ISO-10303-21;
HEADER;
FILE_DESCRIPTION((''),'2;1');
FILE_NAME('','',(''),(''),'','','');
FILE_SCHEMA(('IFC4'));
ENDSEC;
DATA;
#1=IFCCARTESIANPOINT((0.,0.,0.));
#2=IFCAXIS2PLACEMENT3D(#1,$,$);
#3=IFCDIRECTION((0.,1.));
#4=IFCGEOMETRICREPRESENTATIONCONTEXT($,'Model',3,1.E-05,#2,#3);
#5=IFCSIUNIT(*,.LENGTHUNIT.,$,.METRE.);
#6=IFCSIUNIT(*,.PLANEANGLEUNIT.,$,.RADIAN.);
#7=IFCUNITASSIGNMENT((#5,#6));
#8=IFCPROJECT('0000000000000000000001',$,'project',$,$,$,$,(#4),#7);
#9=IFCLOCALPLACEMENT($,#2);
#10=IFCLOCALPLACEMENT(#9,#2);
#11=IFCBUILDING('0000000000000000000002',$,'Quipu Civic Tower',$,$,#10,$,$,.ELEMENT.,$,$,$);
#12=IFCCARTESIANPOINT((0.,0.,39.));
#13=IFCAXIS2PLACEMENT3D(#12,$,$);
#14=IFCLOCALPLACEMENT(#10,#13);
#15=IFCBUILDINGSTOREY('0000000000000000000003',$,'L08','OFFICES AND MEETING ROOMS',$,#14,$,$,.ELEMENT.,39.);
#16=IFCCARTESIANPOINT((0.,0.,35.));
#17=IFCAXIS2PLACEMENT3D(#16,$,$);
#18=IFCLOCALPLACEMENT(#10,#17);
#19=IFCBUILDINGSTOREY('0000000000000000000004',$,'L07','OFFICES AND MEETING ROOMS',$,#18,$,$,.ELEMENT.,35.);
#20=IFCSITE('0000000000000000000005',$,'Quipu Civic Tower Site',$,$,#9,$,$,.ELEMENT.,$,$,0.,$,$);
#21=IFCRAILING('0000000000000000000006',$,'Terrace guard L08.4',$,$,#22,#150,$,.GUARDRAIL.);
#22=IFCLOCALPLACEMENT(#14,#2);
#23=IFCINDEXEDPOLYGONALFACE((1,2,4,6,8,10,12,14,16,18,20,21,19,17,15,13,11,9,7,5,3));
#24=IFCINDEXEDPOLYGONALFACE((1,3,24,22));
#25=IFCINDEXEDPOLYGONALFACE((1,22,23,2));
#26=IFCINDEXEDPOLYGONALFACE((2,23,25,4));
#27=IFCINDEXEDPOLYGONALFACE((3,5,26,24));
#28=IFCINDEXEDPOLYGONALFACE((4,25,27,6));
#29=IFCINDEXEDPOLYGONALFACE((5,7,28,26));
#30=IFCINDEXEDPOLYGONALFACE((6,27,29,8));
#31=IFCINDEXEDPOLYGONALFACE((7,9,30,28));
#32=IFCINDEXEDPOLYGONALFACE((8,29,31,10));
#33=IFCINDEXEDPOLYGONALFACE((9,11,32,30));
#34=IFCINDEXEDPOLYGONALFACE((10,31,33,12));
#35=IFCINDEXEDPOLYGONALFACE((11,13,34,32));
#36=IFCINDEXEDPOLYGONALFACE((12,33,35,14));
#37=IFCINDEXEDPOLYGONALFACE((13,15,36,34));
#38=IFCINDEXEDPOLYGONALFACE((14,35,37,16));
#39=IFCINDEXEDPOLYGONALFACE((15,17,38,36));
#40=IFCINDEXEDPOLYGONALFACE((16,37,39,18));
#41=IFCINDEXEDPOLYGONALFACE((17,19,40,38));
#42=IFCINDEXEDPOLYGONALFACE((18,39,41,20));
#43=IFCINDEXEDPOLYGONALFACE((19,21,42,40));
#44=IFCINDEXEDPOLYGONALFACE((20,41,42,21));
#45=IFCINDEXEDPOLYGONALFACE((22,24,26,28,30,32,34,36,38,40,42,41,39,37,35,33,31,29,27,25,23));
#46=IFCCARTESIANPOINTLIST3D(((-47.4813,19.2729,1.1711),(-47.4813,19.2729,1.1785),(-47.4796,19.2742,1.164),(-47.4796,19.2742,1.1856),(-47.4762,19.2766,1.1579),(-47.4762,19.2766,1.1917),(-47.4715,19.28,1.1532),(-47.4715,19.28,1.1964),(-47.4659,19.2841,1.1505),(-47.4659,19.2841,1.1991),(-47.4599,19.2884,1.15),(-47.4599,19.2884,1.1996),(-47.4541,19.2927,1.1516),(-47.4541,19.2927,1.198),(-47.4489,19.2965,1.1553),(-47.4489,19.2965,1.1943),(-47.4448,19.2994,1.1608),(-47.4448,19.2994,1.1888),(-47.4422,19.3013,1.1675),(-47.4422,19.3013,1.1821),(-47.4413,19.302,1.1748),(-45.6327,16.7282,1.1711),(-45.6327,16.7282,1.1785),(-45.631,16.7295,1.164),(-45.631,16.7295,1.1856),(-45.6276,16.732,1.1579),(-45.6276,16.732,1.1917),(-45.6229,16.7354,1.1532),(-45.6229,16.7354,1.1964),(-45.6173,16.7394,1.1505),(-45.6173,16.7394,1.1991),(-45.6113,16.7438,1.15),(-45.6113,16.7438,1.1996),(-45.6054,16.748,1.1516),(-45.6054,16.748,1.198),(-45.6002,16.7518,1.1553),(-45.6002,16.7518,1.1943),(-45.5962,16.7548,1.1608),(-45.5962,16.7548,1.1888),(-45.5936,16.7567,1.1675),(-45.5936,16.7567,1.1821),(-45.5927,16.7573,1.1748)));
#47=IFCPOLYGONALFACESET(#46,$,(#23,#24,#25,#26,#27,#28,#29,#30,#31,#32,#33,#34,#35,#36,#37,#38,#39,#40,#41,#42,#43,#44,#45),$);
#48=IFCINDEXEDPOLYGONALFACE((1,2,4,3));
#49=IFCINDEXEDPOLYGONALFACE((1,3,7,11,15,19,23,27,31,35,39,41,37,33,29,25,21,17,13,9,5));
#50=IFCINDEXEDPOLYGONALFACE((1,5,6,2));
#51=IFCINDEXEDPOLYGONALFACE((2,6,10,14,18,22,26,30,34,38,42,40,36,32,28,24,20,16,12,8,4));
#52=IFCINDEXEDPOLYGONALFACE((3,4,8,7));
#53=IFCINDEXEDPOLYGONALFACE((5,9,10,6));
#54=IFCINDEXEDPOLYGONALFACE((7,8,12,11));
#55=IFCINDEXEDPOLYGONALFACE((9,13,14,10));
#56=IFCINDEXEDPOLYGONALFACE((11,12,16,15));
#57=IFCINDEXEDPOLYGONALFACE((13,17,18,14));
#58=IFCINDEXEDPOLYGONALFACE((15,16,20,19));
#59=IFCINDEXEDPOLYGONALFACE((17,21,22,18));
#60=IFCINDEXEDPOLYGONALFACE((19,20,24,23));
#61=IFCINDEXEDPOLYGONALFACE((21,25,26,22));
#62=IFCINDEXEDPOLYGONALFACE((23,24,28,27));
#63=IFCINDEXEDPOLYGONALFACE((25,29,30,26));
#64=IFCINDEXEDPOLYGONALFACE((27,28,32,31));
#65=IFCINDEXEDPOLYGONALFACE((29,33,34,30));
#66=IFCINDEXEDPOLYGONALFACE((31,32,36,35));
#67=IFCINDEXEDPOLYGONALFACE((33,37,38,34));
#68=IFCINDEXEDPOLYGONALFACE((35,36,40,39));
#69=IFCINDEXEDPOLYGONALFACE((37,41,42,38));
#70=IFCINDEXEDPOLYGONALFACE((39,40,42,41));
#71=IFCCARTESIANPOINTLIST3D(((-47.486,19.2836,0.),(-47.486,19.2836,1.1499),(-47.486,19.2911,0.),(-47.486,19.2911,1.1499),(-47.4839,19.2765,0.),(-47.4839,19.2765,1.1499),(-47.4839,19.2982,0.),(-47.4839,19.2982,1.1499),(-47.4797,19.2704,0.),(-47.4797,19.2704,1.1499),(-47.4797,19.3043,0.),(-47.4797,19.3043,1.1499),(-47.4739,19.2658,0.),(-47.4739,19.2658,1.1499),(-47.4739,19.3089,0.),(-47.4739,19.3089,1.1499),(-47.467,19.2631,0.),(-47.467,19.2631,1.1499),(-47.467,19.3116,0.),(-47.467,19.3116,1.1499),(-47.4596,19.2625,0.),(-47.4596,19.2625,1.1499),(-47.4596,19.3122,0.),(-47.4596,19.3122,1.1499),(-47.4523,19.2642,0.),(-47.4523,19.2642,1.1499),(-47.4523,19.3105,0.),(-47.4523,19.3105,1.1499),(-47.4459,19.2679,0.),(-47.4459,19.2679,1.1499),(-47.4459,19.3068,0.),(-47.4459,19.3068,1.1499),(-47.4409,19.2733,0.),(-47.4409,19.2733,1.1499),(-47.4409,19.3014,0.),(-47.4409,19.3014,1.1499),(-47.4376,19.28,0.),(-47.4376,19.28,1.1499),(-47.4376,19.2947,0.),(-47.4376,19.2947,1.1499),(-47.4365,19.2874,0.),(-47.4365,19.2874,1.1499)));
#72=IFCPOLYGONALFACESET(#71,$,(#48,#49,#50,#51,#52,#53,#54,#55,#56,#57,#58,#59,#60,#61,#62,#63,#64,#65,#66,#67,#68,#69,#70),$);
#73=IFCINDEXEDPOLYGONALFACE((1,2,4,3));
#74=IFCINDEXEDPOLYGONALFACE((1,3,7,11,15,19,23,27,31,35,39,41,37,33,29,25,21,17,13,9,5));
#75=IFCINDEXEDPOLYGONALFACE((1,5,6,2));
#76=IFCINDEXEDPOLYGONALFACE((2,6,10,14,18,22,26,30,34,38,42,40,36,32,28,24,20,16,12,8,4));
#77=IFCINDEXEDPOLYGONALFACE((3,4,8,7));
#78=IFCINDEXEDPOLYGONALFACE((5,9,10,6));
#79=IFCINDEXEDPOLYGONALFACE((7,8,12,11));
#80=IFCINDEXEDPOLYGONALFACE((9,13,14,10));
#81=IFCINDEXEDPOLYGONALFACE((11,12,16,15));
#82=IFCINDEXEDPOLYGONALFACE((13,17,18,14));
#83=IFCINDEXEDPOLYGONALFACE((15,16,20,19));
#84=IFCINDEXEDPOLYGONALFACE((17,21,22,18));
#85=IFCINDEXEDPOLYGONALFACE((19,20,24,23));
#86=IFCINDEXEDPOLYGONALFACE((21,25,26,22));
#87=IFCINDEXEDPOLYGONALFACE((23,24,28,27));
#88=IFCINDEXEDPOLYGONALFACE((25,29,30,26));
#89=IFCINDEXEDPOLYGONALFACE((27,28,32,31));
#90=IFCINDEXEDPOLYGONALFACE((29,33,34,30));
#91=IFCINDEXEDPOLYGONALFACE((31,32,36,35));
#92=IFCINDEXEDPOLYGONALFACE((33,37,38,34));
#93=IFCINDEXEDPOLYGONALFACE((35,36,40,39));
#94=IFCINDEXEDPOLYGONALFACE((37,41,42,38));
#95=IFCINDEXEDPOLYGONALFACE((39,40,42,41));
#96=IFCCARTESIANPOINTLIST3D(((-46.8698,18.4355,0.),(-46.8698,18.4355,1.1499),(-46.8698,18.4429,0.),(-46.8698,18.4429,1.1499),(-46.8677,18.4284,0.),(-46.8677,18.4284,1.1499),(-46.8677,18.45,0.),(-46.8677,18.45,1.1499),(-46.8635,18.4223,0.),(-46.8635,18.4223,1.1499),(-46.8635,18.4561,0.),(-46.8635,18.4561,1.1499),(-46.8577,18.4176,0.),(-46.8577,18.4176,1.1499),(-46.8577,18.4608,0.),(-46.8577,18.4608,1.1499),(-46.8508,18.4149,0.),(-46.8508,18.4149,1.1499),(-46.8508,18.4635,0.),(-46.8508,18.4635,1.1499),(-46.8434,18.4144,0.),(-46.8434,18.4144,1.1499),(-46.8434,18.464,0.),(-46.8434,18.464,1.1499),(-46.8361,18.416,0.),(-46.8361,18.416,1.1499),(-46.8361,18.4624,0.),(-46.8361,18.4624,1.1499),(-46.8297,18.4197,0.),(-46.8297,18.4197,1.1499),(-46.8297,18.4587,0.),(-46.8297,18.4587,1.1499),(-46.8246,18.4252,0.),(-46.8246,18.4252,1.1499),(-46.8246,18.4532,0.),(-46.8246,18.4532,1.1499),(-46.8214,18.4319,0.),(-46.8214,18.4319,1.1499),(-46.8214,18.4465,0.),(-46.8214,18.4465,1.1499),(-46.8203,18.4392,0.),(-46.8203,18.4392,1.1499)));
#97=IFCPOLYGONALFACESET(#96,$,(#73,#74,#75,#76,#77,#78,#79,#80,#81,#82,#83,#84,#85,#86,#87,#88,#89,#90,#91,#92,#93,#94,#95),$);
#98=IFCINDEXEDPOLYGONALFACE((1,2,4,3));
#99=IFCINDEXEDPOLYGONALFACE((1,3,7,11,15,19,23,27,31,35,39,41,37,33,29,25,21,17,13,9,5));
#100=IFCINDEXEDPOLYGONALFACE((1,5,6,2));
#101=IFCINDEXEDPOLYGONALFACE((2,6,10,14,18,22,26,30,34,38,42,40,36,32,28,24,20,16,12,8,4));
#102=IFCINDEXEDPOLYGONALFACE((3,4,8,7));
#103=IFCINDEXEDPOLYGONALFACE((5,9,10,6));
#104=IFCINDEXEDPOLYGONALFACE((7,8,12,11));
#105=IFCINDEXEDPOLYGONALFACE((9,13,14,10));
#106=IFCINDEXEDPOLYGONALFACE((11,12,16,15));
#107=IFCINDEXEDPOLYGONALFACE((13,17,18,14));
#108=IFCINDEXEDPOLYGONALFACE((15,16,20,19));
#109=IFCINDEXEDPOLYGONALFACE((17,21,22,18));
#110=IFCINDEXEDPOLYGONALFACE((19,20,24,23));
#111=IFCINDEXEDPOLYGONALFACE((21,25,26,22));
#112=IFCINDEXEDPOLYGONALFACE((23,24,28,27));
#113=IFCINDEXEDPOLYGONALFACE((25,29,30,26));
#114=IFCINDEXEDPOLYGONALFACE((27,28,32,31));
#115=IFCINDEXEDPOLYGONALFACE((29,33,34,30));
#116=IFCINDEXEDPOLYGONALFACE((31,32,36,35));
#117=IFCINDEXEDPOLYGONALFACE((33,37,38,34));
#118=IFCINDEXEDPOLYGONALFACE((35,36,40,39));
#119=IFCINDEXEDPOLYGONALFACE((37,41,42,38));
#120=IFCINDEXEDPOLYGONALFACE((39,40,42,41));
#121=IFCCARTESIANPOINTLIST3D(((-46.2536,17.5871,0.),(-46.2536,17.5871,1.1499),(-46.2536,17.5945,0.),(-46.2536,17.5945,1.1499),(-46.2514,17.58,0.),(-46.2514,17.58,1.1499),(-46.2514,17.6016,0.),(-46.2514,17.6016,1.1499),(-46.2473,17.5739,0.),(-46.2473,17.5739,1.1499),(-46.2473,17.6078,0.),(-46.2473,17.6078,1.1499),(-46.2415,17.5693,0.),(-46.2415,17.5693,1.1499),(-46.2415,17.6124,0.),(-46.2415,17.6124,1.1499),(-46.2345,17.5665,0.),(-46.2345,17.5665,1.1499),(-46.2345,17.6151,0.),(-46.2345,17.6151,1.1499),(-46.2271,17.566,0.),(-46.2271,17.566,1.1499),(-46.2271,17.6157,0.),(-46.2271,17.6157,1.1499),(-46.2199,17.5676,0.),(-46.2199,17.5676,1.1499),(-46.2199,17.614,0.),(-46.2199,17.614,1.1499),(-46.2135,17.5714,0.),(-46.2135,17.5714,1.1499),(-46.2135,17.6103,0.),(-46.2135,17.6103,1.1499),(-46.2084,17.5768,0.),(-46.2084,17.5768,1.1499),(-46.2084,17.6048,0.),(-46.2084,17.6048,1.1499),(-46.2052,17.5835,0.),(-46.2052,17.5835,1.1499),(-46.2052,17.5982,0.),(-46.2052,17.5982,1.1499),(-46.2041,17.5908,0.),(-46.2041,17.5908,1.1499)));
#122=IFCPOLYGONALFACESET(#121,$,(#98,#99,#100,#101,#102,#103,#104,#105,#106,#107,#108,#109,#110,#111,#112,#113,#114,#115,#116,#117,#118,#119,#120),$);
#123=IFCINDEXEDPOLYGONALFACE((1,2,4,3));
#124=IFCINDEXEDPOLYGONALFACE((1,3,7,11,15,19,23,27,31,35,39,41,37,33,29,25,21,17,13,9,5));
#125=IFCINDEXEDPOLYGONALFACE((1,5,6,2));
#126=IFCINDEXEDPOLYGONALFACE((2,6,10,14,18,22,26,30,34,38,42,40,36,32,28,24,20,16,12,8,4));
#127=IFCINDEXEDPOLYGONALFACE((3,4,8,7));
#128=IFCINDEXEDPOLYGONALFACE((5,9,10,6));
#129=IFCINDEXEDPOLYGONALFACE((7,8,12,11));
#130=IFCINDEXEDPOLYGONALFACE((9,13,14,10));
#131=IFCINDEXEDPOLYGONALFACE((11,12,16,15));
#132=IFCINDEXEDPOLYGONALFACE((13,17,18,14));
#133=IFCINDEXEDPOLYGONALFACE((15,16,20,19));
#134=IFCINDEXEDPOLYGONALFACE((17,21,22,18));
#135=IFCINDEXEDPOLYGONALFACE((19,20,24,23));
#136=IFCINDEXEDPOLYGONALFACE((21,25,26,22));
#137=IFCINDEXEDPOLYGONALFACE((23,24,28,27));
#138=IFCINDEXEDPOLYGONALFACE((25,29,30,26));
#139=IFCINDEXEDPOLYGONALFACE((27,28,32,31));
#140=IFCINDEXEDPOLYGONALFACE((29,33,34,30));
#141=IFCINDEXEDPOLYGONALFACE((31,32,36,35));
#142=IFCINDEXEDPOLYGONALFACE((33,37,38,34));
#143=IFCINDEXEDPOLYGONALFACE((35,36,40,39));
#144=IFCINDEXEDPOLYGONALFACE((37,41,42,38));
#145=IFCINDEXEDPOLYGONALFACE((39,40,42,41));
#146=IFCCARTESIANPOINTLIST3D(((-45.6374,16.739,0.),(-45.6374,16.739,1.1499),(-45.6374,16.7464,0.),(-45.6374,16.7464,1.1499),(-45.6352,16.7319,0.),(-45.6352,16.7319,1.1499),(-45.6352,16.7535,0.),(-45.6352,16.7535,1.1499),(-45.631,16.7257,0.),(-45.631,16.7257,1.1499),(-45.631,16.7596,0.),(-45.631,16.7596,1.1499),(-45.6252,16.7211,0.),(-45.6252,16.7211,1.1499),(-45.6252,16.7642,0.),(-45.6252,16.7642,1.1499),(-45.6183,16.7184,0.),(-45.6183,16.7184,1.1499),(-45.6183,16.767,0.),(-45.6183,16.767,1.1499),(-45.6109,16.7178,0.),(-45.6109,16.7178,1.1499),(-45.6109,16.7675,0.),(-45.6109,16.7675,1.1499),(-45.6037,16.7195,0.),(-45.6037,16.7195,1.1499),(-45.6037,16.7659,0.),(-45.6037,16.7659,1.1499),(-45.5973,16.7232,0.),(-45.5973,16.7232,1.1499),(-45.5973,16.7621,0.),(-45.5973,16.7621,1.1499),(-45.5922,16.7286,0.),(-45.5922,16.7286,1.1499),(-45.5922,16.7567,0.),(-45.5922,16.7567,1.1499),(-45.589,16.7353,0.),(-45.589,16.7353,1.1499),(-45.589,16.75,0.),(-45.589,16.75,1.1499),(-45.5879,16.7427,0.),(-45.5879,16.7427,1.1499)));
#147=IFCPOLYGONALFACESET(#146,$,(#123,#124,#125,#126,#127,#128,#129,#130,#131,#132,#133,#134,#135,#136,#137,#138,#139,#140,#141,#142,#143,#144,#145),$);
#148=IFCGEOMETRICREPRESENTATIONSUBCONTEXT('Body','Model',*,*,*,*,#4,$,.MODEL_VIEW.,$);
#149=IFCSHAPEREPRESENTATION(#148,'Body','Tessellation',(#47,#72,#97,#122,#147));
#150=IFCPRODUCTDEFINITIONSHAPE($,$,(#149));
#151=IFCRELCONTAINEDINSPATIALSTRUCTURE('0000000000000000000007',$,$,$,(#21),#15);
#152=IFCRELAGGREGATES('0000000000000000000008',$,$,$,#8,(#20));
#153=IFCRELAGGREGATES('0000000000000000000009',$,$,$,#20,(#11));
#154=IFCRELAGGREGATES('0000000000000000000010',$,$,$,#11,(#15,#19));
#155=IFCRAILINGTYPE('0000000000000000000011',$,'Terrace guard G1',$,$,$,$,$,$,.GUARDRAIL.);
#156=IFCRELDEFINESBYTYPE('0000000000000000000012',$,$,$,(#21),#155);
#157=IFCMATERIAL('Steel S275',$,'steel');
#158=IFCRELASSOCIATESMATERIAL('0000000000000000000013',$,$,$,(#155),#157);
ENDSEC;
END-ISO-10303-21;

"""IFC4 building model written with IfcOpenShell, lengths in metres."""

from ifc_helpers import new_model, si_unit, direction, frame, origin, origin_2d, place, context, subcontext, project, spatial, circle, extrude, material, type_object, element, save


model = new_model("IFC4")

# Units and contexts
model_context = context("Model", 3, precision=1e-05, world=origin(), true_north=direction((0.0, 1.0)))
body_context = subcontext(model_context, "Body", "Model", "MODEL_VIEW")
ifc_project = project(units=[si_unit("LENGTHUNIT", "METRE"), si_unit("PLANEANGLEUNIT", "RADIAN")], contexts=[model_context])

# Site, building, storey
site_placement = place(None, origin())
site = spatial("IfcSite", under=ifc_project, at=site_placement, Name="Quipu Civic Tower Site", CompositionType="ELEMENT", RefElevation=0.0)
building_placement = place(site_placement, origin())
building = spatial("IfcBuilding", under=site, at=building_placement, Name="Quipu Civic Tower", CompositionType="ELEMENT")
storey_1_placement = place(building_placement, frame((0.0, 0.0, 39.0)))
storey_1 = spatial("IfcBuildingStorey", under=building, at=storey_1_placement, Name="L08", Description="OFFICES AND MEETING ROOMS", CompositionType="ELEMENT", Elevation=39.0)

# Shared definitions
storey_2_placement = place(building_placement, frame((0.0, 0.0, 35.0)))
storey_2 = spatial("IfcBuildingStorey", under=building, at=storey_2_placement, Name="L07", Description="OFFICES AND MEETING ROOMS", CompositionType="ELEMENT", Elevation=35.0)

# Railing
ifc_material_1 = material(Name="Steel S275", Category="steel")
railing_type = type_object("IfcRailingType", Name="Terrace guard G1", PredefinedType="GUARDRAIL", material=ifc_material_1)
railing_1_placement = place(storey_1_placement, frame((-47.4614, 19.2874, 0.0)))
element("IfcRailing", 1, at=railing_1_placement, inside=storey_1, type_object=railing_type, Name="Terrace guard L08.4", PredefinedType="GUARDRAIL", context=body_context, shape_type="SweptSolid", body=[
    extrude(circle(Radius=0.0249, at=origin_2d()), frame((0.0, 0.0, 1.1748), z_axis=(0.587747, -0.809045, 0.0), x_axis=(0.809045, 0.587747, 0.0)), (0.0, 0.0, 1.0), 3.1453),
    extrude(circle(Radius=0.0249, at=origin_2d()), origin(), (0.0, 0.0, 1.0), 1.1499),
    extrude(circle(Radius=0.0249, at=origin_2d()), frame((0.6162, -0.8481, 0.0)), (0.0, 0.0, 1.0), 1.1499),
    extrude(circle(Radius=0.0249, at=origin_2d()), frame((1.2324, -1.6965, 0.0)), (0.0, 0.0, 1.0), 1.1499),
    extrude(circle(Radius=0.0249, at=origin_2d()), frame((1.8486, -2.5447, 0.0)), (0.0, 0.0, 1.0), 1.1499),
])

save(model, "model.ifc")
